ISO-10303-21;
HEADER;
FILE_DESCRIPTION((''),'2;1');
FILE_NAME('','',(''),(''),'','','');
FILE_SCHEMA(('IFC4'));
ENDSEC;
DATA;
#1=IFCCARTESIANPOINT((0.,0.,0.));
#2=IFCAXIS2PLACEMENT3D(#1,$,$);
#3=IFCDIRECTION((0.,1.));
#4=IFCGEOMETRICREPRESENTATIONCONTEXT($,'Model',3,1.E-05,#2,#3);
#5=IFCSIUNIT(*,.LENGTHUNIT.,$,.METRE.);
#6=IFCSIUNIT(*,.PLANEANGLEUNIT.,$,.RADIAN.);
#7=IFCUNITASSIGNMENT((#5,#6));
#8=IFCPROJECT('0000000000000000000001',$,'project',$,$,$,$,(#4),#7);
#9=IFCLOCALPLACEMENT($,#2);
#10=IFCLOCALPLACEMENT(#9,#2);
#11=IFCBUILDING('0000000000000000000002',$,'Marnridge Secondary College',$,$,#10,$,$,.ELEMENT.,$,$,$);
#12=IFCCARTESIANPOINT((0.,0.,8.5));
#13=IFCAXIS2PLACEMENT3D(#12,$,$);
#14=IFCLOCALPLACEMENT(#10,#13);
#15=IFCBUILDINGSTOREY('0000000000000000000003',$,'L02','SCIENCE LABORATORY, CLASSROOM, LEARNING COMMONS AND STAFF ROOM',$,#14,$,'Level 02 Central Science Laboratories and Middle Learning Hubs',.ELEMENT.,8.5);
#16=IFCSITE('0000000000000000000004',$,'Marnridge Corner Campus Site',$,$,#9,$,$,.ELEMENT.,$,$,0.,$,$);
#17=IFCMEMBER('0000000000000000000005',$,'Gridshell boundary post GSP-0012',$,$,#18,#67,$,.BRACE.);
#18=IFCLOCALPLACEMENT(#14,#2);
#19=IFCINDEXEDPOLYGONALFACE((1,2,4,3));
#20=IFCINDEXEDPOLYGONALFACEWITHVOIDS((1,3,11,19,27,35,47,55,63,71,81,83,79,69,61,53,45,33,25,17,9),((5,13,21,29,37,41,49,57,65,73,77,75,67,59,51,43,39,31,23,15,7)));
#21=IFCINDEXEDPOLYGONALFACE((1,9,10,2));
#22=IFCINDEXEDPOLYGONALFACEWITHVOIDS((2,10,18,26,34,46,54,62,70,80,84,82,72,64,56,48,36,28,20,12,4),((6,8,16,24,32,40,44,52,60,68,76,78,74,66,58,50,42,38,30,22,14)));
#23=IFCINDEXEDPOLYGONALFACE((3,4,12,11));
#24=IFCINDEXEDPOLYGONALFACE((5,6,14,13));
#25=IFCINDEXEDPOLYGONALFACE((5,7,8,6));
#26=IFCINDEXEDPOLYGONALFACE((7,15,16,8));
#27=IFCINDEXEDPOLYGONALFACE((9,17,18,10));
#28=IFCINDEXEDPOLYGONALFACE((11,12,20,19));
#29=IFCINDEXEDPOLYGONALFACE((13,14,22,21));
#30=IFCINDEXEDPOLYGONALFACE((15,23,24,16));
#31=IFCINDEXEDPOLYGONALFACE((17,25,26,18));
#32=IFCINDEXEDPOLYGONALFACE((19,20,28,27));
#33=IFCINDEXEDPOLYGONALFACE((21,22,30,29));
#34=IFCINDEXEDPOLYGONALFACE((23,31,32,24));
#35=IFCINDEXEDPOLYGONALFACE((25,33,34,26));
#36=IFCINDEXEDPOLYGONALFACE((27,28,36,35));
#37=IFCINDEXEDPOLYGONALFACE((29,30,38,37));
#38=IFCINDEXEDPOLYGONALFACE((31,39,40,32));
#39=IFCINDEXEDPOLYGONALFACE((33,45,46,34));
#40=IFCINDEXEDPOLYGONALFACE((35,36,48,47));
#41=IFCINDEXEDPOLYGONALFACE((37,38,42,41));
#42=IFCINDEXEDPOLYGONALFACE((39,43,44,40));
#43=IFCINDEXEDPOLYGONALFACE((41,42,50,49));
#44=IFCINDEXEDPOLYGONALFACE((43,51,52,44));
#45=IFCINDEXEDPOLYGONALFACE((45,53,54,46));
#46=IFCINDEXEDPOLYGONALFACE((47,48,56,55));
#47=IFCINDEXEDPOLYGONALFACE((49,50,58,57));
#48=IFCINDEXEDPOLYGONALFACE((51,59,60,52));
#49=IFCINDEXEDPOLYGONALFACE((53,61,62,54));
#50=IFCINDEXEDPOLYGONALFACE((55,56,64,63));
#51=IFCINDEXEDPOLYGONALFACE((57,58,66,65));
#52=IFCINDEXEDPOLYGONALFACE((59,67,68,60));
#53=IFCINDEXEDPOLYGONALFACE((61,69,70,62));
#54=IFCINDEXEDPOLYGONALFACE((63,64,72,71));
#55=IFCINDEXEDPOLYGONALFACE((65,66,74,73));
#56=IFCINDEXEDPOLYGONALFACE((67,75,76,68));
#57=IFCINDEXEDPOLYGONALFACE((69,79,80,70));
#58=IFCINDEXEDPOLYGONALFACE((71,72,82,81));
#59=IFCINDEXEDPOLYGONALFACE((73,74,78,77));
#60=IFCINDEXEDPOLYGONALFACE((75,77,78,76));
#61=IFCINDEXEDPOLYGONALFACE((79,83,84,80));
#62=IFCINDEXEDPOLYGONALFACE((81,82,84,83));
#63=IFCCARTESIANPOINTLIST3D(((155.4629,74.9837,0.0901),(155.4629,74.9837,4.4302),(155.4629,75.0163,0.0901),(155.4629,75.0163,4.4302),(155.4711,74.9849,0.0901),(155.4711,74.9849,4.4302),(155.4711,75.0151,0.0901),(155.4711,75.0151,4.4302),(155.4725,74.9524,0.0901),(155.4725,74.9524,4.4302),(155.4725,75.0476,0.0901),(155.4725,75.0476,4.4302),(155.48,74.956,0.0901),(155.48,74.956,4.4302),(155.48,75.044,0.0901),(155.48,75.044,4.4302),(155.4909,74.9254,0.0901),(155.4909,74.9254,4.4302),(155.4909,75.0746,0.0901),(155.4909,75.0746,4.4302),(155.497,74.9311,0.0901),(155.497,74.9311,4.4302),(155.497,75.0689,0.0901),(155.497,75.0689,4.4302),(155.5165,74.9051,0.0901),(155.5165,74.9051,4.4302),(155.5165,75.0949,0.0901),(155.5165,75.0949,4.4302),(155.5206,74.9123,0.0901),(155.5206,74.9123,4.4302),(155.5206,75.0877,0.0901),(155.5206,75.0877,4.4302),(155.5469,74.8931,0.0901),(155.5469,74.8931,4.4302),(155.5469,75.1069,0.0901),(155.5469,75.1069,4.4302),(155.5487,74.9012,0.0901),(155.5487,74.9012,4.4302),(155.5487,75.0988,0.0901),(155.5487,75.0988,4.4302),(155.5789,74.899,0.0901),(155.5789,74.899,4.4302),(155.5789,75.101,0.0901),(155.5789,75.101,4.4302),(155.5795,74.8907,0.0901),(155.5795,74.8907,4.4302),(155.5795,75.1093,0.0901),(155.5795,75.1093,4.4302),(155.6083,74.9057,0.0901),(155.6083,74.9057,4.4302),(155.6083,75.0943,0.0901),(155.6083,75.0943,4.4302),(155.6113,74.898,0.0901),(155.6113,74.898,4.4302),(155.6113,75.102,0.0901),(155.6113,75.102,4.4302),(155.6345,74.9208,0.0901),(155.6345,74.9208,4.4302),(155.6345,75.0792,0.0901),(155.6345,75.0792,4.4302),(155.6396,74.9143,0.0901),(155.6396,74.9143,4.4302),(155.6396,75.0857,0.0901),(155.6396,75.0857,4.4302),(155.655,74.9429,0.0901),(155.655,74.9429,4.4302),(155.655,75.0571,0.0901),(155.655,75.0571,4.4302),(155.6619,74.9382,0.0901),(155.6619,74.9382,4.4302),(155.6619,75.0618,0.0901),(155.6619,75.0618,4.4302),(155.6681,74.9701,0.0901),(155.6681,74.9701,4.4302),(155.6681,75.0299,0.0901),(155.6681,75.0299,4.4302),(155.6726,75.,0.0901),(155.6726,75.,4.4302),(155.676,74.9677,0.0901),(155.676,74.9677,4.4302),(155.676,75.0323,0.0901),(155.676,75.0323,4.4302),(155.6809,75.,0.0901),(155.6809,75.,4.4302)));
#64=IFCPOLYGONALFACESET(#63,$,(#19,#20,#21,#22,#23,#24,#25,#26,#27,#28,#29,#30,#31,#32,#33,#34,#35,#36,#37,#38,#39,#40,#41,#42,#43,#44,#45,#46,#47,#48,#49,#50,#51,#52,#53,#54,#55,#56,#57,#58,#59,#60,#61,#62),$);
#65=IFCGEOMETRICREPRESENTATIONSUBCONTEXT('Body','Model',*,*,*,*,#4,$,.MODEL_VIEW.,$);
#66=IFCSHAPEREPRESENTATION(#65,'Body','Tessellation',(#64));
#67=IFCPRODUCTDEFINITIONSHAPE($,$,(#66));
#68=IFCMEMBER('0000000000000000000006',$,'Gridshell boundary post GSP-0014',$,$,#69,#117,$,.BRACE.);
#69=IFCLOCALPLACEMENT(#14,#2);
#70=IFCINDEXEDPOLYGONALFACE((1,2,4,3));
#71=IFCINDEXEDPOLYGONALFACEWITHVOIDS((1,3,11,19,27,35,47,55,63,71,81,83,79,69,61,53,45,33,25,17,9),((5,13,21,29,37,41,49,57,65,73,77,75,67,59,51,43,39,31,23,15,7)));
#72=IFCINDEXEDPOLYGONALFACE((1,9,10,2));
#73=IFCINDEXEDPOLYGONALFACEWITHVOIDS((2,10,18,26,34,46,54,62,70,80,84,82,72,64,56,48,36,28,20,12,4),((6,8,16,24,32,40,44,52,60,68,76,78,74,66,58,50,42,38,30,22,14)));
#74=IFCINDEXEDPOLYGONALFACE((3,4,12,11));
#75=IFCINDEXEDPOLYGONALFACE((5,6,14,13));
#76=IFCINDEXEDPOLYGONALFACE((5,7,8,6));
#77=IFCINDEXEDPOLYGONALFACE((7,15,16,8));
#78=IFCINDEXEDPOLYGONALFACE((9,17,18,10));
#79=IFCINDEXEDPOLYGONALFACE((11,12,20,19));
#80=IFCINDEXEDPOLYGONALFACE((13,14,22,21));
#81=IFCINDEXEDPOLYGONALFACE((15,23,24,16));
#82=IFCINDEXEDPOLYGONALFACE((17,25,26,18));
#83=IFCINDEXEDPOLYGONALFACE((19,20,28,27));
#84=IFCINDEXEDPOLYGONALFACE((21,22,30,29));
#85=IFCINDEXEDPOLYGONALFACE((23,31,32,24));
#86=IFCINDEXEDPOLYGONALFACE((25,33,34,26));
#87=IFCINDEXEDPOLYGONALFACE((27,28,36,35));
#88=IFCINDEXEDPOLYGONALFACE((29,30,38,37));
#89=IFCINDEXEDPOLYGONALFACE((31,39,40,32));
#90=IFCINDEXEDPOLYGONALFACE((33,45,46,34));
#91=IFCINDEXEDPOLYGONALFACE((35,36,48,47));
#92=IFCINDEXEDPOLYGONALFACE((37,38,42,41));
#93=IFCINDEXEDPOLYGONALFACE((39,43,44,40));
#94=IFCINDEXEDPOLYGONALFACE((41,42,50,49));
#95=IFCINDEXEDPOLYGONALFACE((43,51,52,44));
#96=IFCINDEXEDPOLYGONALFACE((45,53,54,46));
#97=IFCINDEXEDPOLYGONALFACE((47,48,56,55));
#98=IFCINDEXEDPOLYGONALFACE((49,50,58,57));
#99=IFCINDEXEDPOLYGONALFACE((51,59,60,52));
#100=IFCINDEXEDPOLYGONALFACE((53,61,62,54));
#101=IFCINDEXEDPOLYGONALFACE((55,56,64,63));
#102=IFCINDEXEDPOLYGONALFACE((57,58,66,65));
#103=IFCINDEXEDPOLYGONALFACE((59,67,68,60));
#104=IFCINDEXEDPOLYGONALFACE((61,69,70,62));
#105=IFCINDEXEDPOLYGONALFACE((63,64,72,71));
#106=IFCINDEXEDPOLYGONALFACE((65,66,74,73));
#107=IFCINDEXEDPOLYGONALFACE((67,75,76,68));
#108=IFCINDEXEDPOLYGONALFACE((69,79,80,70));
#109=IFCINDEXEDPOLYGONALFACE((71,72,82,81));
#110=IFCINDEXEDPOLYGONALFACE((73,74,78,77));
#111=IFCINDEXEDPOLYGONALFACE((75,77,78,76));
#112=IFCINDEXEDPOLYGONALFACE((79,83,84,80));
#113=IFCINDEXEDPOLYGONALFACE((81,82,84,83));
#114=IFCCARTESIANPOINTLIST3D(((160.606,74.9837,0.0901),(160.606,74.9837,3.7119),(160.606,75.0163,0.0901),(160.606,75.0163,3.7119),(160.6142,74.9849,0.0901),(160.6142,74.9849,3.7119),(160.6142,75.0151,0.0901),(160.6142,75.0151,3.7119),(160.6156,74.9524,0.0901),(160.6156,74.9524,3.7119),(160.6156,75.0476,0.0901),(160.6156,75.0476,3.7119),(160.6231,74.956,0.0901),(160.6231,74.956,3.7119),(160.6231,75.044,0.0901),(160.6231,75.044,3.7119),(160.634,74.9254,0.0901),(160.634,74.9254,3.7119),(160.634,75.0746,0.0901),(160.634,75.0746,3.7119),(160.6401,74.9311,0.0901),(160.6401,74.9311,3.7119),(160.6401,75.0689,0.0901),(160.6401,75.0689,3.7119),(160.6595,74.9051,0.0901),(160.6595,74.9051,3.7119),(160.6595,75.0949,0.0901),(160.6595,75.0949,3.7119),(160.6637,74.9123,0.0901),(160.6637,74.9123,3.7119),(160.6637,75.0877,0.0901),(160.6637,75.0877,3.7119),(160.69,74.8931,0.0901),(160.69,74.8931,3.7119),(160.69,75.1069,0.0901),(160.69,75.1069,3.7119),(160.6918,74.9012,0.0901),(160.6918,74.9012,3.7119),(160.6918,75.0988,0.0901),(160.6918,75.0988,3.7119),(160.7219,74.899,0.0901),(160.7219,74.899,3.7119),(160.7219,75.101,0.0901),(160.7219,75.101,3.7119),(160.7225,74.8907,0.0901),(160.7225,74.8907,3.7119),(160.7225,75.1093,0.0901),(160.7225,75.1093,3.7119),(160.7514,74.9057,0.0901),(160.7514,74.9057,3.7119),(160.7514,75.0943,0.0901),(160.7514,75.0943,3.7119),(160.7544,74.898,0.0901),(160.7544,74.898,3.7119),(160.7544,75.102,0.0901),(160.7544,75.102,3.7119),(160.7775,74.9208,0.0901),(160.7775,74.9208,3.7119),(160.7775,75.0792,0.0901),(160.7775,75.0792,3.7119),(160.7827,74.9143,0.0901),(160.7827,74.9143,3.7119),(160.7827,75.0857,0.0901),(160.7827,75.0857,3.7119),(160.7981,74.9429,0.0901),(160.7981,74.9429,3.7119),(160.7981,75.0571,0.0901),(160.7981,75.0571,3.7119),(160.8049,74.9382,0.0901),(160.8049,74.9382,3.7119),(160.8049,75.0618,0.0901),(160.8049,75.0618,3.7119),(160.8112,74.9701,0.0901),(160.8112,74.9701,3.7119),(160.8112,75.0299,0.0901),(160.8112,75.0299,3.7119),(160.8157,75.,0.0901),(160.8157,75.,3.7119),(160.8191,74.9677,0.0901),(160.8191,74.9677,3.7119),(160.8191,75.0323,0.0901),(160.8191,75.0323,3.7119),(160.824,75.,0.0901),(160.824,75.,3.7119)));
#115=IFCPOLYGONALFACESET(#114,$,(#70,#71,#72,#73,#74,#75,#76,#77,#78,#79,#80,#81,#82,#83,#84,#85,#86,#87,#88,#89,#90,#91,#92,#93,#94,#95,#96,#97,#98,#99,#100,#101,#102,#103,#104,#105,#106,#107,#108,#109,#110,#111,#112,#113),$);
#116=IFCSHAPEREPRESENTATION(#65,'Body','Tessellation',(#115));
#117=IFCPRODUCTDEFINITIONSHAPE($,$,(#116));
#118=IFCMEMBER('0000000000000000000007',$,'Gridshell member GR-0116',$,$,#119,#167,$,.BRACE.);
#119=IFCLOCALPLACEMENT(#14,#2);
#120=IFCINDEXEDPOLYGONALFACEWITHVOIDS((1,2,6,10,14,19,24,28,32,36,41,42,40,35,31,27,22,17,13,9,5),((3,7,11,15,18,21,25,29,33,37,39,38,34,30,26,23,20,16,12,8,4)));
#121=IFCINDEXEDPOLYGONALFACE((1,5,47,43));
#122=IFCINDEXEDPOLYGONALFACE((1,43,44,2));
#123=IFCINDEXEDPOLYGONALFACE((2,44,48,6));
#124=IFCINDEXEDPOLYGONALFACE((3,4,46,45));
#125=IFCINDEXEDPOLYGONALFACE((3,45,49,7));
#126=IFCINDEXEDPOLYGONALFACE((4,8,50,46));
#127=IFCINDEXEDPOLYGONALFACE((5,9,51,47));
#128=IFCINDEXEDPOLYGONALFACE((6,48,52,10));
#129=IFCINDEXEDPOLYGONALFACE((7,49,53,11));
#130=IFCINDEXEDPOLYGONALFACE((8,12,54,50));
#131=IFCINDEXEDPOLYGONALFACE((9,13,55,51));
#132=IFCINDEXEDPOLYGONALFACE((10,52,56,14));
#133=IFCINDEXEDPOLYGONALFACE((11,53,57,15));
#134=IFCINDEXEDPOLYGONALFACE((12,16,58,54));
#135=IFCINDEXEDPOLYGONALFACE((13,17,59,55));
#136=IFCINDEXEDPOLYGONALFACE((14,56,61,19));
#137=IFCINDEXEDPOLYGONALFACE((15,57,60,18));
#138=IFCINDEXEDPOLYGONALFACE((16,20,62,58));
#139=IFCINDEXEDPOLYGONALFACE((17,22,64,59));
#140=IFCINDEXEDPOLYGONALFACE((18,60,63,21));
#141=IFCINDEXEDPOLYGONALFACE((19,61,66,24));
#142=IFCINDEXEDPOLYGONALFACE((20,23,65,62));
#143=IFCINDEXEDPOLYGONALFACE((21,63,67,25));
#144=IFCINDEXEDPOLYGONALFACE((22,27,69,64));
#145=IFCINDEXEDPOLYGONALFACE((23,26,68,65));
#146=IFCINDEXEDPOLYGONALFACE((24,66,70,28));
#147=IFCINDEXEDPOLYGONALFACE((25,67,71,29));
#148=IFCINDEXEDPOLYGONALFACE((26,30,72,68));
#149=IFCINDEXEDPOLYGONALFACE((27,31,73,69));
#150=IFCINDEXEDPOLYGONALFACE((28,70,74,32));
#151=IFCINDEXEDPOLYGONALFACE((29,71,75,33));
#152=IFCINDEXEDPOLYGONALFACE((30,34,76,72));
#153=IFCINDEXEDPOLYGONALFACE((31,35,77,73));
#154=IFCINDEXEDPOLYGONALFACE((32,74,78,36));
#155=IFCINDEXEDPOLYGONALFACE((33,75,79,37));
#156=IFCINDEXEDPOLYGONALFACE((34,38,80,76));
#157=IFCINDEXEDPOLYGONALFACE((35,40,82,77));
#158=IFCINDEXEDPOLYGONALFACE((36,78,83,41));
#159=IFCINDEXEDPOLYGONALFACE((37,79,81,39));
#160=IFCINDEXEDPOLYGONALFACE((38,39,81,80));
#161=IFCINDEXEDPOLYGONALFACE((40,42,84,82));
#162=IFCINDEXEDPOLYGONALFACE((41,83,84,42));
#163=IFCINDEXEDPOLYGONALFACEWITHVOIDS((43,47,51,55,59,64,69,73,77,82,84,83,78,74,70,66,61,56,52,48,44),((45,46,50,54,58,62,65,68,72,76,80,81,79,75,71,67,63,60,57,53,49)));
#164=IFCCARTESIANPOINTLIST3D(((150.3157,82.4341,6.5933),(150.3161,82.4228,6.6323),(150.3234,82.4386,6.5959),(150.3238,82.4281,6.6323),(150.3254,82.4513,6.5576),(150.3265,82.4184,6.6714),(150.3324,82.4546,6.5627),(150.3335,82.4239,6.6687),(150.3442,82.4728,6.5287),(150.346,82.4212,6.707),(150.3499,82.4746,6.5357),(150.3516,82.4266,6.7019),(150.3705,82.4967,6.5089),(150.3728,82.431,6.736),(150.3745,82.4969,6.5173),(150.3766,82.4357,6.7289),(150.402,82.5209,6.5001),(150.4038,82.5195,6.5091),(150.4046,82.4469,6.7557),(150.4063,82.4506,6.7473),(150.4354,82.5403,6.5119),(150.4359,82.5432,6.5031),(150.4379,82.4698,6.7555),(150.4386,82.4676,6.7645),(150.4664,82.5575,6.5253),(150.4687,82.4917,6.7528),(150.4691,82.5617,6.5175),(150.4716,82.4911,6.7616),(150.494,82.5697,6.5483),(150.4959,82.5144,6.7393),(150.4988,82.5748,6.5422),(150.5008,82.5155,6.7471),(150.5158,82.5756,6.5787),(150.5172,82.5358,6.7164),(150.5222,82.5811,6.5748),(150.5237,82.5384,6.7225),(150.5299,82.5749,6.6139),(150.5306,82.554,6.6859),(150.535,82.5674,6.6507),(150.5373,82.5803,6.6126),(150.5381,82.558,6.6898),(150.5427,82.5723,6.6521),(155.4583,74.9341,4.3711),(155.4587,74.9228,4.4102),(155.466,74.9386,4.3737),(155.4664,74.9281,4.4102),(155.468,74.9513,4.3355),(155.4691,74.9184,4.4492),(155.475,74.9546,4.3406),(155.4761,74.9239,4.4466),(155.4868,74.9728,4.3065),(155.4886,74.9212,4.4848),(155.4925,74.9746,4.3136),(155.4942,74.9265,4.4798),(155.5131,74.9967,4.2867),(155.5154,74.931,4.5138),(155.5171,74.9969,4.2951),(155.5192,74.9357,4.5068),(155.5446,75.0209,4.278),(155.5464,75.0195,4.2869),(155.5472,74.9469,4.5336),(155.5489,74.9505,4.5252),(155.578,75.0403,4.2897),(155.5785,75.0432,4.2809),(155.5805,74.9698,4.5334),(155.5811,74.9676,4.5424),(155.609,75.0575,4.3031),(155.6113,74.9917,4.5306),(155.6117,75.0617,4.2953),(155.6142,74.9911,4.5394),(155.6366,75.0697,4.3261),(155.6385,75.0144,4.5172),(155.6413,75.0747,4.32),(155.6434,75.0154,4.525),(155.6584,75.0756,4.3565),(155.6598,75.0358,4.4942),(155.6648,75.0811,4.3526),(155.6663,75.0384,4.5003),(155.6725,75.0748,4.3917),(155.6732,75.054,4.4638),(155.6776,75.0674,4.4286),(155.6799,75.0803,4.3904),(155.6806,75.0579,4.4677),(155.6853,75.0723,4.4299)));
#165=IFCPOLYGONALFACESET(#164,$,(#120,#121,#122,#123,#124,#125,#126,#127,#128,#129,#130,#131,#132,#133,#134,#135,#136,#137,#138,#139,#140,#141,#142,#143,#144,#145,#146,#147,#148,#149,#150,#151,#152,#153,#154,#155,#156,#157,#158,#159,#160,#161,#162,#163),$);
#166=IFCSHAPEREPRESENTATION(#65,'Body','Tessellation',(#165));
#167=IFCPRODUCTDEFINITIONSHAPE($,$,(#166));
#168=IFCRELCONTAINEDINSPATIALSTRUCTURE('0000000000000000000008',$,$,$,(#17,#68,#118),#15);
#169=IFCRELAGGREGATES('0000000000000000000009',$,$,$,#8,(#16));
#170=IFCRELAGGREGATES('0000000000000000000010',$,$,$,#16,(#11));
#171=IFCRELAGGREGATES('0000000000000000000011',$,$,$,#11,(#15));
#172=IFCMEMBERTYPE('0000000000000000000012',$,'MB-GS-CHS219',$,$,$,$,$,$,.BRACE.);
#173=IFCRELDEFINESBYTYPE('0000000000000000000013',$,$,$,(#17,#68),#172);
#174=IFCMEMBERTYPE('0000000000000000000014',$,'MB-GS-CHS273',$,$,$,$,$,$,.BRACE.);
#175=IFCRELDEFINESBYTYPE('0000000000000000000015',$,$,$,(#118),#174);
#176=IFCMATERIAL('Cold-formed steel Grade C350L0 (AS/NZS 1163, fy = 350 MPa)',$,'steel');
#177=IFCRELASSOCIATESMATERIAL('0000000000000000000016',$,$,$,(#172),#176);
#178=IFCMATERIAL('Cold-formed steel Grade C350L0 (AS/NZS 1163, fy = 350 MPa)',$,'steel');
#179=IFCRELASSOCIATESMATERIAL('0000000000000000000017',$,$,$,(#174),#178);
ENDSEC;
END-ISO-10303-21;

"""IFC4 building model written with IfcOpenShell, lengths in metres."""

from ifc_helpers import new_model, si_unit, direction, frame, origin, origin_2d, place, context, subcontext, project, spatial, hollow_circle, extrude, material, material_profile, profile_set, type_object, element, save


model = new_model("IFC4")

# Units and contexts
model_context = context("Model", 3, precision=1e-05, world=origin(), true_north=direction((0.0, 1.0)))
body_context = subcontext(model_context, "Body", "Model", "MODEL_VIEW")
ifc_project = project(units=[si_unit("LENGTHUNIT", "METRE"), si_unit("PLANEANGLEUNIT", "RADIAN")], contexts=[model_context])

# Site, building, storey
site_placement = place(None, origin())
site = spatial("IfcSite", under=ifc_project, at=site_placement, Name="Marnridge Corner Campus Site", CompositionType="ELEMENT", RefElevation=0.0)
building_placement = place(site_placement, origin())
building = spatial("IfcBuilding", under=site, at=building_placement, Name="Marnridge Secondary College", CompositionType="ELEMENT")
storey_placement = place(building_placement, frame((0.0, 0.0, 8.5)))
storey = spatial("IfcBuildingStorey", under=building, at=storey_placement, Name="L02", Description="SCIENCE LABORATORY, CLASSROOM, LEARNING COMMONS AND STAFF ROOM", LongName="Level 02 Central Science Laboratories and Middle Learning Hubs", CompositionType="ELEMENT", Elevation=8.5)

# Members
ifc_material_1 = material(Name="Cold-formed steel Grade C350L0 (AS/NZS 1163, fy = 350 MPa)", Category="steel")
ifc_material_profile_1 = material_profile(ifc_material_1, hollow_circle(Radius=0.1096, WallThickness=0.0083, at=origin_2d()), Name="219.1x8.2CHS")
ifc_profile_set_1 = profile_set([ifc_material_profile_1], Name="Cold-formed steel Grade C350L0 (AS/NZS 1163, fy = 350 MPa)")
member_type_1 = type_object("IfcMemberType", Name="MB-GS-CHS219", PredefinedType="BRACE", material=ifc_profile_set_1)
member_1_placement = place(storey_placement, frame((155.5713, 75.0, 0.0901), z_axis=(0.0, 0.0, 1.0), x_axis=(1.0, 0.0, 0.0)))
element("IfcMember", 1, at=member_1_placement, inside=storey, type_object=member_type_1, Name="Gridshell boundary post GSP-0012", PredefinedType="BRACE", context=body_context, shape_type="SweptSolid", body=[
    extrude(hollow_circle(Radius=0.1096, WallThickness=0.0083, at=origin_2d()), origin(), (0.0, 0.0, 1.0), 4.3401),
])
member_2_placement = place(storey_placement, frame((160.7144, 75.0, 0.0901), z_axis=(0.0, 0.0, 1.0), x_axis=(1.0, 0.0, 0.0)))
element("IfcMember", 2, at=member_2_placement, inside=storey, type_object=member_type_1, Name="Gridshell boundary post GSP-0014", PredefinedType="BRACE", context=body_context, shape_type="SweptSolid", body=[
    extrude(hollow_circle(Radius=0.1096, WallThickness=0.0083, at=origin_2d()), origin(), (0.0, 0.0, 1.0), 3.6218),
])
ifc_material_2 = material(Name="Cold-formed steel Grade C350L0 (AS/NZS 1163, fy = 350 MPa)", Category="steel")
ifc_material_profile_2 = material_profile(ifc_material_2, hollow_circle(Radius=0.1365, WallThickness=0.0093, at=origin_2d()), Name="273.1x9.3CHS")
ifc_profile_set_2 = profile_set([ifc_material_profile_2], Name="Cold-formed steel Grade C350L0 (AS/NZS 1163, fy = 350 MPa)")
member_type_2 = type_object("IfcMemberType", Name="MB-GS-CHS273", PredefinedType="BRACE", material=ifc_profile_set_2)
member_3_placement = place(storey_placement, frame((155.5713, 75.0, 4.4102), z_axis=(-0.549344, 0.80117, 0.237378), x_axis=(-0.824743, -0.565507, 0.0)))
element("IfcMember", 3, at=member_3_placement, inside=storey, type_object=member_type_2, Name="Gridshell member GR-0116", PredefinedType="BRACE", context=body_context, shape_type="SweptSolid", body=[
    extrude(hollow_circle(Radius=0.1365, WallThickness=0.0093, at=origin_2d()), origin(), (0.0, 0.0, 1.0), 9.3613),
])

save(model, "model.ifc")
